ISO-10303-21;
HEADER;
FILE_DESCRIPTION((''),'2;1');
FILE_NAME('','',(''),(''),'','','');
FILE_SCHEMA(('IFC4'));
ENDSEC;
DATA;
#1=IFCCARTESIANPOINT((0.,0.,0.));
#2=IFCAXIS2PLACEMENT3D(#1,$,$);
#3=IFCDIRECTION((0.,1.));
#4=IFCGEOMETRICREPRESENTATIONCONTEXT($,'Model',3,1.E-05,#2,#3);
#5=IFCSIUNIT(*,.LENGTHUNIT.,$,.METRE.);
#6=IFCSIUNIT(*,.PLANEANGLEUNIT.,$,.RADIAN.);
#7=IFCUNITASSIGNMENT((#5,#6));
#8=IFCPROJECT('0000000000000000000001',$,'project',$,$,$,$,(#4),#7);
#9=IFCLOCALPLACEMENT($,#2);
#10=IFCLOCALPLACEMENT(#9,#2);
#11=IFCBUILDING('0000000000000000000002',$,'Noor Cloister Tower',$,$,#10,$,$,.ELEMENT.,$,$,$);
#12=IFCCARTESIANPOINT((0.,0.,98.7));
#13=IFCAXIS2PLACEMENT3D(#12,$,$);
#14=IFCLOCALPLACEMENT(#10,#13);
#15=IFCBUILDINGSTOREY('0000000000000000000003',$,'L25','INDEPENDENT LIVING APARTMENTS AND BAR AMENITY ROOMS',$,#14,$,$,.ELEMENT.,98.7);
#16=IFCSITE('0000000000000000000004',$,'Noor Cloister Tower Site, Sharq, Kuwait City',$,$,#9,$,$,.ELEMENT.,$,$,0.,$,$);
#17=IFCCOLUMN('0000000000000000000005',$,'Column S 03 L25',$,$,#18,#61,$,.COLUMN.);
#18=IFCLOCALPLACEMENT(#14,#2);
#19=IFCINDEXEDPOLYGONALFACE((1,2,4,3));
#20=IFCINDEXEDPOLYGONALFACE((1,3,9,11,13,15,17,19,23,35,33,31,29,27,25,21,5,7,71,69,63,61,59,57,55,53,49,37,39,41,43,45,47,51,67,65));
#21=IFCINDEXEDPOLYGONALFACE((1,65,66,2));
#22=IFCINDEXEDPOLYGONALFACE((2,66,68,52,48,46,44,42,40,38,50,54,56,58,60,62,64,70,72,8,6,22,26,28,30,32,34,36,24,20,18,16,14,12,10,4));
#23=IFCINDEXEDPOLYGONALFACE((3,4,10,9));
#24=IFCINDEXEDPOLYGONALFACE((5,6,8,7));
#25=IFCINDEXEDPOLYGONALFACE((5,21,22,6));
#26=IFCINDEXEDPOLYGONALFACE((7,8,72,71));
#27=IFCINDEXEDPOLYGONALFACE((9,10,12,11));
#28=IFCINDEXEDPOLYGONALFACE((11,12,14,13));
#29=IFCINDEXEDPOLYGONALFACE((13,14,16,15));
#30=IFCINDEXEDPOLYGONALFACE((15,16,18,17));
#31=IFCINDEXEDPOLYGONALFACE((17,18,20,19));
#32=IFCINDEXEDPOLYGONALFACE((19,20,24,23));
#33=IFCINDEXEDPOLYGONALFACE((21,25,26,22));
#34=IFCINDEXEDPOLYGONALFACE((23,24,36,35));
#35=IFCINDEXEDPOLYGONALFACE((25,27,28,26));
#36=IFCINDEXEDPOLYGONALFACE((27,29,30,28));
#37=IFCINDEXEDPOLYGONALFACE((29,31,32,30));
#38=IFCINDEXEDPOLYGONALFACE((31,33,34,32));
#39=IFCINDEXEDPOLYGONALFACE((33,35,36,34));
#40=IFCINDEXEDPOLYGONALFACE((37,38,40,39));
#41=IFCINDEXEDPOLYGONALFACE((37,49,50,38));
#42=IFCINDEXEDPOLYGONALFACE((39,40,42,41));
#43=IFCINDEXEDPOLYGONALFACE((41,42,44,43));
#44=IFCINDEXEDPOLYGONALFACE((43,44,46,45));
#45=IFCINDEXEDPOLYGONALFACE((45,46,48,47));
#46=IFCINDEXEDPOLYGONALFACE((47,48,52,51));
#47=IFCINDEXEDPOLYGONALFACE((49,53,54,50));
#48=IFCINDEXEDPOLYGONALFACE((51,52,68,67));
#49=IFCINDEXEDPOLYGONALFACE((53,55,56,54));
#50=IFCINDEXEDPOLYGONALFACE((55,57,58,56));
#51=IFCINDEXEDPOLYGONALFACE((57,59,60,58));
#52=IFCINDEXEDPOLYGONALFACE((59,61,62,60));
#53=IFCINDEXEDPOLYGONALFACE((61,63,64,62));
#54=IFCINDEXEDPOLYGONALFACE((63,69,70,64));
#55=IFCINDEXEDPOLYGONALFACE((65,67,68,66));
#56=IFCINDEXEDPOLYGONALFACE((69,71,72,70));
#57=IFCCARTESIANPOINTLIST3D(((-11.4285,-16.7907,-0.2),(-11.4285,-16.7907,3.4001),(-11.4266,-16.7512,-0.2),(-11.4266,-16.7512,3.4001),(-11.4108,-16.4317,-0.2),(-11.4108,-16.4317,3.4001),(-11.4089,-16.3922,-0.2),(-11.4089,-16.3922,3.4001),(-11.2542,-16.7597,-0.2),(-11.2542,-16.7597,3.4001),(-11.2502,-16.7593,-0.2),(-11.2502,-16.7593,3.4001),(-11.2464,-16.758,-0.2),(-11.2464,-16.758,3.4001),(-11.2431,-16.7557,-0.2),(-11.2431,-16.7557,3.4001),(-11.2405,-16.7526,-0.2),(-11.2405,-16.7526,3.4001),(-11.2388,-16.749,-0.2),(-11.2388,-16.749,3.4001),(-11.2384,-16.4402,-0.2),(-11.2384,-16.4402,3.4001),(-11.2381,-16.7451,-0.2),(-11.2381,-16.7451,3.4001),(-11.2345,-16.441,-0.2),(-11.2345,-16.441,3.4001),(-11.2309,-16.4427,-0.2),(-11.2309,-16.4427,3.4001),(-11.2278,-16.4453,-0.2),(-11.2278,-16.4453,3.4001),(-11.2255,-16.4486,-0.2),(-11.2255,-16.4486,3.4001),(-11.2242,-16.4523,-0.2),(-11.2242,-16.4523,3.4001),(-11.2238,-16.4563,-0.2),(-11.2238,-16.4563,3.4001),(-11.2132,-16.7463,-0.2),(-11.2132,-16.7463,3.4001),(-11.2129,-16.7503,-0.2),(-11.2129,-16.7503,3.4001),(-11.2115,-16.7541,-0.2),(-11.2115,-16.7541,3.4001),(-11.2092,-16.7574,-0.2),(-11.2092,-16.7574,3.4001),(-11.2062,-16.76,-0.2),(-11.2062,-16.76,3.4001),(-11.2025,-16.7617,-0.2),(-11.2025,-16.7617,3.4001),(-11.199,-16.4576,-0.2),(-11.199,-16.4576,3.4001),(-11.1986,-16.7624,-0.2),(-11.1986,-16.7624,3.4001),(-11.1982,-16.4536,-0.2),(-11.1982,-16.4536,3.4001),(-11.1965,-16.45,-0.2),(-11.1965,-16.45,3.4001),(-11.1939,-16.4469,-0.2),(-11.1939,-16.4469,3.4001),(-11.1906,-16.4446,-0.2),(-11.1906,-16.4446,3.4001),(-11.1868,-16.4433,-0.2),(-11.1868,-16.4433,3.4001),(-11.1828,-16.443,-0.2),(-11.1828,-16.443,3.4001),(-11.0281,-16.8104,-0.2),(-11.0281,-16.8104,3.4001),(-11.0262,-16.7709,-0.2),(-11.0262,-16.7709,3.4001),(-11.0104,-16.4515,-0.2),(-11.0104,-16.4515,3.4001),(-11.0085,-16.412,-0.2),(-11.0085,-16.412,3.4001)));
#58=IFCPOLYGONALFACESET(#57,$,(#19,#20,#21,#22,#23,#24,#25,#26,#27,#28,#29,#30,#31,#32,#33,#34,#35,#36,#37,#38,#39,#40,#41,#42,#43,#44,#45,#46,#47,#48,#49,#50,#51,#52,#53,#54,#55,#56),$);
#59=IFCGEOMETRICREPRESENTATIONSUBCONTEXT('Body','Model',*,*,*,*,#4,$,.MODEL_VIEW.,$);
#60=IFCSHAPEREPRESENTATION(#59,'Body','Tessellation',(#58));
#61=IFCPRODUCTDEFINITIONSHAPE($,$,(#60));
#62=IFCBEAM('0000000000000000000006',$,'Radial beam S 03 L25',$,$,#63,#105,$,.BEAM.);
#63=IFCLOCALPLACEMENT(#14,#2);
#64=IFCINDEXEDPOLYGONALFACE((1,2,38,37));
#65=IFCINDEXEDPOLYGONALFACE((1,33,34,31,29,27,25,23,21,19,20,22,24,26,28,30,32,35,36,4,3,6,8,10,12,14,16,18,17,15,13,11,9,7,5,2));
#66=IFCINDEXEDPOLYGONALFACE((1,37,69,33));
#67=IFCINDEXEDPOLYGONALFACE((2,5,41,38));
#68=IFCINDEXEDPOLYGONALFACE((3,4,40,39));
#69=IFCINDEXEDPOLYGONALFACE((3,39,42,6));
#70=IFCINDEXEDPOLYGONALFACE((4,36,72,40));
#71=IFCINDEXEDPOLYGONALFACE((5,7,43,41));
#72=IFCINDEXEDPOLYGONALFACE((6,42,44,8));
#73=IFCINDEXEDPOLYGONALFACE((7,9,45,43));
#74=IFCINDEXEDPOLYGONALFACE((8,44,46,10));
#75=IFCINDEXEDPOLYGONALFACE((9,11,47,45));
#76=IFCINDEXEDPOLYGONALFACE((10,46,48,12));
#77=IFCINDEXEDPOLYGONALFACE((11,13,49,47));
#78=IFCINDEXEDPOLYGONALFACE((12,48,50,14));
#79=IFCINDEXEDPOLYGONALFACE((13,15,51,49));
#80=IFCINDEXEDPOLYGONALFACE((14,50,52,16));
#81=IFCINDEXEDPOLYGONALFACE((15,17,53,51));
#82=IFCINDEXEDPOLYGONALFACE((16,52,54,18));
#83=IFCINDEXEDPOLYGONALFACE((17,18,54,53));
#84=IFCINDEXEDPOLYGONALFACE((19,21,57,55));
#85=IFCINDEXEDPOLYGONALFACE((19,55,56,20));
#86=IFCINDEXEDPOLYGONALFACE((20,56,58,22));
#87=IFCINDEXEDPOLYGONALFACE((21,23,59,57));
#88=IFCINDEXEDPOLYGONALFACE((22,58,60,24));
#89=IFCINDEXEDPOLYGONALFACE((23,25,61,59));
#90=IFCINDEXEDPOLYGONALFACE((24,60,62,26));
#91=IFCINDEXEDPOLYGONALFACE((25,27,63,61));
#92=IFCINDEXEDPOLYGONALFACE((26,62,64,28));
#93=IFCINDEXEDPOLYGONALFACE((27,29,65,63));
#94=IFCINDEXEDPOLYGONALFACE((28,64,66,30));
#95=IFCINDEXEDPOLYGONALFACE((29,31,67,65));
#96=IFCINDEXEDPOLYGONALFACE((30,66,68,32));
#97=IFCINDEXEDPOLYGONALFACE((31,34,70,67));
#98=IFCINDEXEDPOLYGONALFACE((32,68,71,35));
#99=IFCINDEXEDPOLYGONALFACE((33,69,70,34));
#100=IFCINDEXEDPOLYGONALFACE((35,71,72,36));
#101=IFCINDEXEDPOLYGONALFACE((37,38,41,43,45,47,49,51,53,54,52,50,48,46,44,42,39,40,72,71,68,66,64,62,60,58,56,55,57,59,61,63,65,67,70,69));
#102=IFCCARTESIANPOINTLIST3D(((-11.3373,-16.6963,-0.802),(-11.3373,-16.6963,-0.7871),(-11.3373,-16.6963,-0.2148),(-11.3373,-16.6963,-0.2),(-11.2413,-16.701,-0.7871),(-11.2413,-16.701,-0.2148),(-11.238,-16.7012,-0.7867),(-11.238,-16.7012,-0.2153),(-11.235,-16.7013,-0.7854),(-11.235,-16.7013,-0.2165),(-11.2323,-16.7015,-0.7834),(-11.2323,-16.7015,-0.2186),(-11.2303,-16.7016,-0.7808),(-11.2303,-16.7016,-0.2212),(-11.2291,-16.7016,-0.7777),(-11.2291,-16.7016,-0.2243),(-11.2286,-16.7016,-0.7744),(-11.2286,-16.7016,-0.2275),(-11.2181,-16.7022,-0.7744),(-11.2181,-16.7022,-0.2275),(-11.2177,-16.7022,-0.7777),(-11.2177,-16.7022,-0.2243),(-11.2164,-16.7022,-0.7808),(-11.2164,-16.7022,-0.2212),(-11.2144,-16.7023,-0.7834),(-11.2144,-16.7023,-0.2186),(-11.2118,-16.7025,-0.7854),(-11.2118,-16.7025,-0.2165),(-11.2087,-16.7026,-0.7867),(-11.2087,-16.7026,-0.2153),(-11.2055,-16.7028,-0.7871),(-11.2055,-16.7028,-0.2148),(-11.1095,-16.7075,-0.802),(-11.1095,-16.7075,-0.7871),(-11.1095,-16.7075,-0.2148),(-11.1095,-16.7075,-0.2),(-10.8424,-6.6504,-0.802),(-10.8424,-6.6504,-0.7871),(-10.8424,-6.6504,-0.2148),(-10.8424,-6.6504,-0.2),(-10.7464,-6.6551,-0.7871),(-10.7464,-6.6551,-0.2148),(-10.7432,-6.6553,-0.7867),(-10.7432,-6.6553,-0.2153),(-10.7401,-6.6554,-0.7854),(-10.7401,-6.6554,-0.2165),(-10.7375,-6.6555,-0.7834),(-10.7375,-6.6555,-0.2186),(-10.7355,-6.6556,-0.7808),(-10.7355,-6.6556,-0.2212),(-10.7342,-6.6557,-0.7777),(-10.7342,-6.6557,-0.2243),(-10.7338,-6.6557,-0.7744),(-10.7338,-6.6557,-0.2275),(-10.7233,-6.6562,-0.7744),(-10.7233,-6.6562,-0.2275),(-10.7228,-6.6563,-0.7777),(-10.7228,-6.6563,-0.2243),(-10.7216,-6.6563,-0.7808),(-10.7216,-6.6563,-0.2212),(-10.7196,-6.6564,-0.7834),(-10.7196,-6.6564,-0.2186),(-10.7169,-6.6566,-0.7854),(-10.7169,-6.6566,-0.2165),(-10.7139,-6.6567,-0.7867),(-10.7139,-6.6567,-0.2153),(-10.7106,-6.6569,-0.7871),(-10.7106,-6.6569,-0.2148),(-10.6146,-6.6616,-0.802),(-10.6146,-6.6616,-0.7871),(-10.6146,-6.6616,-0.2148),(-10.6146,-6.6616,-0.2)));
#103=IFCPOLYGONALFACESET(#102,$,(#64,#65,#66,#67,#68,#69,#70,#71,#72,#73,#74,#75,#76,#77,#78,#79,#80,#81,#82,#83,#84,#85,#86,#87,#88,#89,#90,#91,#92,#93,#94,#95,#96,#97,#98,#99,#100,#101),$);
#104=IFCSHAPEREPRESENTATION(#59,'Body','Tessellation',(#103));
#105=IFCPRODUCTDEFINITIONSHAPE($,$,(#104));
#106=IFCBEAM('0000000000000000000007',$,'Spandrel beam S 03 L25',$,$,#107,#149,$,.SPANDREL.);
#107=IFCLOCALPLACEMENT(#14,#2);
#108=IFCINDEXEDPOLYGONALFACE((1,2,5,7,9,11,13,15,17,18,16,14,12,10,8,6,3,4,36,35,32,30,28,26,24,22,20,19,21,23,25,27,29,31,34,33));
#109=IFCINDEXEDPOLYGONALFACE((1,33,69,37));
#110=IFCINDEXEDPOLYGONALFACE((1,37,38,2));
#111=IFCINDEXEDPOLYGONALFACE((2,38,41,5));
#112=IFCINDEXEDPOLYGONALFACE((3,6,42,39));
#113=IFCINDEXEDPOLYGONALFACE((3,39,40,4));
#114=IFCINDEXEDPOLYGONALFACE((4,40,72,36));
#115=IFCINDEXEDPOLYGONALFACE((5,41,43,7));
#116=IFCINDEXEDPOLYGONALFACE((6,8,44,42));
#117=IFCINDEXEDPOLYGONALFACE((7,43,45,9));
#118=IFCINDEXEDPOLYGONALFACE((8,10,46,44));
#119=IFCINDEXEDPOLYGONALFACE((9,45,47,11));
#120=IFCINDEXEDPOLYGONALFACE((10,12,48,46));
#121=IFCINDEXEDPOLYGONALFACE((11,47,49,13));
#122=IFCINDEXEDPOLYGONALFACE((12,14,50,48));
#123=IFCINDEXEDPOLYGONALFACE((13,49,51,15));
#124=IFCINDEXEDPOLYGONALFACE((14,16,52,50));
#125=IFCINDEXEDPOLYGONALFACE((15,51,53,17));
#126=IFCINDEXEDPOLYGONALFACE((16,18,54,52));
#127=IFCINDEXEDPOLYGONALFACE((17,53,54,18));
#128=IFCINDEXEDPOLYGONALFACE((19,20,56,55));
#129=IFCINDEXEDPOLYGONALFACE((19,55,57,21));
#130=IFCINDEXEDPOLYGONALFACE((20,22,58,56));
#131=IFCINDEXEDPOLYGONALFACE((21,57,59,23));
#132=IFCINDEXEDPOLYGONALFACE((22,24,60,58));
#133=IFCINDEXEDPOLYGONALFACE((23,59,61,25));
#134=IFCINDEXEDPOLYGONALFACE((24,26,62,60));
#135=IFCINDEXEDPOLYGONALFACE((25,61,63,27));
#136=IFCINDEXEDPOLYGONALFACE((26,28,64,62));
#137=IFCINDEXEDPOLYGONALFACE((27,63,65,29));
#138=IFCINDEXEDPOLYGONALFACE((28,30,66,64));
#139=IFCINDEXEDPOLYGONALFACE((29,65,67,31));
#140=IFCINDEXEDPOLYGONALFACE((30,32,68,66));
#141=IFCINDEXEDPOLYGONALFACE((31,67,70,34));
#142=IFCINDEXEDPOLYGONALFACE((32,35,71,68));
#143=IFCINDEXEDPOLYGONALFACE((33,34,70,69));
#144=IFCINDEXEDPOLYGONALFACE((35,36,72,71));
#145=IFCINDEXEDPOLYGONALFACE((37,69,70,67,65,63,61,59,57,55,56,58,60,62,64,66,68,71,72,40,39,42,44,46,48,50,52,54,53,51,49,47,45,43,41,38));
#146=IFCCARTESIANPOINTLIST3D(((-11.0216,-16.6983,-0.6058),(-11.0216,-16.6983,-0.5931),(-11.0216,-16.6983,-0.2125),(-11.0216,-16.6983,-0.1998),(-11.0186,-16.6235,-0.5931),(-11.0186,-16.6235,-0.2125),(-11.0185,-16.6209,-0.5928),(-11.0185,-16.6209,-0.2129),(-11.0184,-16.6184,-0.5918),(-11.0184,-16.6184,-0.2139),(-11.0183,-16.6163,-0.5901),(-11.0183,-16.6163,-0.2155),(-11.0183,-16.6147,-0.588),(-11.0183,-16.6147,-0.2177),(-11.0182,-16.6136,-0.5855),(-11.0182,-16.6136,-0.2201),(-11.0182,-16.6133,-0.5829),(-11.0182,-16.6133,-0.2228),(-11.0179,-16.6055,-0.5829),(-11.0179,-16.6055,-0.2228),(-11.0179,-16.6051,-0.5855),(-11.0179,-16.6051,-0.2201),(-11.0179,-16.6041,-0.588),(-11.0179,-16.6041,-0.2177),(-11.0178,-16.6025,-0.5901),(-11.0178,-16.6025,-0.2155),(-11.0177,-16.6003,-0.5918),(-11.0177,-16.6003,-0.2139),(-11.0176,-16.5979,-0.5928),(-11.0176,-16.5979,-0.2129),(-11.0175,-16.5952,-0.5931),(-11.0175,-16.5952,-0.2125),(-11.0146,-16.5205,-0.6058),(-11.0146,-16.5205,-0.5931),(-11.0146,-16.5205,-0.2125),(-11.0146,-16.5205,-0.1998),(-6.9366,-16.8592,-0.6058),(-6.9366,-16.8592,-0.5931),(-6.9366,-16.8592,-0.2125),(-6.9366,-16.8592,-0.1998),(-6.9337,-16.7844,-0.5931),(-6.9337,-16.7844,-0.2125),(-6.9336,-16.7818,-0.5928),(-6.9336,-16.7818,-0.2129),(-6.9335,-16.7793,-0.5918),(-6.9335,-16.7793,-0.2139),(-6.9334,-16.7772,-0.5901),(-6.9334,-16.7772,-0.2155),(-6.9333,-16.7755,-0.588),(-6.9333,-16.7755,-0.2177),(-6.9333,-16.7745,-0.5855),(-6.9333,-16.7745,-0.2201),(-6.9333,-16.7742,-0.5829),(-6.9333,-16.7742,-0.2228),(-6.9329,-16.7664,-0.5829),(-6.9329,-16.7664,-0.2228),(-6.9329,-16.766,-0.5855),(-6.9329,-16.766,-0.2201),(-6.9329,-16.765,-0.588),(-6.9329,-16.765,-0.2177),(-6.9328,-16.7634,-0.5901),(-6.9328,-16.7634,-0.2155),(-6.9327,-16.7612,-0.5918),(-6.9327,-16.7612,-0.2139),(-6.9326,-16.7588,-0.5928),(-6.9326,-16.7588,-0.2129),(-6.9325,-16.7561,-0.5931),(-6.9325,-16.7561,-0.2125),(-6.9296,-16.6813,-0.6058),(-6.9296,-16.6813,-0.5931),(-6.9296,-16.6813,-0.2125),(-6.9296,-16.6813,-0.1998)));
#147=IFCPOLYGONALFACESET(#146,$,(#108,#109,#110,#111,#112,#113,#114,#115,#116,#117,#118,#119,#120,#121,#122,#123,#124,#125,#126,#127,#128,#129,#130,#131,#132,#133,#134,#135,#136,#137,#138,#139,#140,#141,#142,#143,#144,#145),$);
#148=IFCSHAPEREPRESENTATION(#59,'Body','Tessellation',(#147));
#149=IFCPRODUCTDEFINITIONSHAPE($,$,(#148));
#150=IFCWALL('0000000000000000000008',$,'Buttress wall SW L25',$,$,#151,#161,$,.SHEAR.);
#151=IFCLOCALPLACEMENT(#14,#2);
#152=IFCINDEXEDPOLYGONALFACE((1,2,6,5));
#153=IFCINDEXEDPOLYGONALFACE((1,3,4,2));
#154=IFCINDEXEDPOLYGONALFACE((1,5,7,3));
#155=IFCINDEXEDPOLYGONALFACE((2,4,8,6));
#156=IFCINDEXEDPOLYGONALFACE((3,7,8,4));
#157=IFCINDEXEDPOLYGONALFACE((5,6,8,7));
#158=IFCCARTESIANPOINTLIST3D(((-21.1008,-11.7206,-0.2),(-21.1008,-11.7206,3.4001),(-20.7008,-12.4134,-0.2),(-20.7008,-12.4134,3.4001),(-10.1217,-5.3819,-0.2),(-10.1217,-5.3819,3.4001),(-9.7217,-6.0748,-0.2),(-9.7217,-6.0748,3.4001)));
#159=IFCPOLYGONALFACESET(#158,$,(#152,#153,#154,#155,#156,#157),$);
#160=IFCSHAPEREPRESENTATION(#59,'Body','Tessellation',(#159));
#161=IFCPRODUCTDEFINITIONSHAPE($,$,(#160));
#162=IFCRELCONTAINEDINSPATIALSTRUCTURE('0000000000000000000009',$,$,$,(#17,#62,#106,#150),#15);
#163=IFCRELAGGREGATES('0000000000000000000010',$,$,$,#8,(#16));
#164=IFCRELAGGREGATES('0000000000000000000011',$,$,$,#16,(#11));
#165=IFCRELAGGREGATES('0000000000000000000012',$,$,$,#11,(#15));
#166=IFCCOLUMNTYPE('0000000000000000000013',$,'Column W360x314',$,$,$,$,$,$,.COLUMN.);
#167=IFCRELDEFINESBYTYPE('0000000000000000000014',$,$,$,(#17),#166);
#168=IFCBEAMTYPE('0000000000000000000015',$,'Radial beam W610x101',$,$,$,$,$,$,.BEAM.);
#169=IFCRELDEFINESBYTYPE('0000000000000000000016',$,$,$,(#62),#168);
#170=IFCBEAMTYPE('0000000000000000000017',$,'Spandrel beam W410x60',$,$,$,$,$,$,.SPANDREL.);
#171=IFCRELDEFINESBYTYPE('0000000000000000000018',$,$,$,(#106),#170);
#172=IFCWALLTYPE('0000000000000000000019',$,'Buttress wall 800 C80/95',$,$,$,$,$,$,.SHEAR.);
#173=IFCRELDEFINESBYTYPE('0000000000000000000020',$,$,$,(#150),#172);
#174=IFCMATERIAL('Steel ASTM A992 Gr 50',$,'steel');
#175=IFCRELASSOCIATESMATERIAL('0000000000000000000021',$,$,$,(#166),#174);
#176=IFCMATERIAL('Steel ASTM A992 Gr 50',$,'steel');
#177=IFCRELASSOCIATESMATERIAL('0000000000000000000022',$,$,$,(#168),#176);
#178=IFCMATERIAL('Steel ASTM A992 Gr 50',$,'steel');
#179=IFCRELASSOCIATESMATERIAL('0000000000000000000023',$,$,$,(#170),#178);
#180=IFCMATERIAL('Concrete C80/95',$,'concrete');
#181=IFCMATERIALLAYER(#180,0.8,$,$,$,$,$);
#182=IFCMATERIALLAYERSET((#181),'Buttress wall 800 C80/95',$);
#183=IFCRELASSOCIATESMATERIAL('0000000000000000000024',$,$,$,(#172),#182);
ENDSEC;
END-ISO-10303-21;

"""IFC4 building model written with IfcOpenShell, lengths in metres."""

from ifc_helpers import new_model, si_unit, direction, frame, frame_2d, origin, origin_2d, place, context, subcontext, project, spatial, rectangle, i_section, extrude, material, layer, layer_set, material_profile, profile_set, type_object, element, save


model = new_model("IFC4")

# Units and contexts
model_context = context("Model", 3, precision=1e-05, world=origin(), true_north=direction((0.0, 1.0)))
body_context = subcontext(model_context, "Body", "Model", "MODEL_VIEW")
ifc_project = project(units=[si_unit("LENGTHUNIT", "METRE"), si_unit("PLANEANGLEUNIT", "RADIAN")], contexts=[model_context])

# Site, building, storey
site_placement = place(None, origin())
site = spatial("IfcSite", under=ifc_project, at=site_placement, Name="Noor Cloister Tower Site, Sharq, Kuwait City", CompositionType="ELEMENT", RefElevation=0.0)
building_placement = place(site_placement, origin())
building = spatial("IfcBuilding", under=site, at=building_placement, Name="Noor Cloister Tower", CompositionType="ELEMENT")
storey_placement = place(building_placement, frame((0.0, 0.0, 98.7)))
storey = spatial("IfcBuildingStorey", under=building, at=storey_placement, Name="L25", Description="INDEPENDENT LIVING APARTMENTS AND BAR AMENITY ROOMS", CompositionType="ELEMENT", Elevation=98.7)

# Column
ifc_material_1 = material(Name="Steel ASTM A992 Gr 50", Category="steel")
ifc_material_profile_1 = material_profile(ifc_material_1, i_section(OverallWidth=0.4009, OverallDepth=0.3989, WebThickness=0.0249, FlangeThickness=0.0396, FilletRadius=0.0154, at=origin_2d()), Name="W360x314")
ifc_profile_set_1 = profile_set([ifc_material_profile_1], Name="Steel ASTM A992 Gr 50")
column_type = type_object("IfcColumnType", Name="Column W360x314", PredefinedType="COLUMN", material=ifc_profile_set_1)
column_placement = place(storey_placement, frame((-11.2185, -16.6013, -0.2), z_axis=(0.0, 0.0, 1.0), x_axis=(0.99879, -0.049188, 0.0)))
element("IfcColumn", 1, at=column_placement, inside=storey, type_object=column_type, Name="Column S 03 L25", PredefinedType="COLUMN", context=body_context, shape_type="SweptSolid", body=[
    extrude(i_section(OverallWidth=0.4009, OverallDepth=0.3989, WebThickness=0.0249, FlangeThickness=0.0396, FilletRadius=0.0154, at=origin_2d()), origin(), (0.0, 0.0, 1.0), 3.6001),
])

# Beams
ifc_material_2 = material(Name="Steel ASTM A992 Gr 50", Category="steel")
ifc_material_profile_2 = material_profile(ifc_material_2, i_section(OverallWidth=0.228, OverallDepth=0.6021, WebThickness=0.0105, FlangeThickness=0.0149, FilletRadius=0.0127, at=origin_2d()), Name="W610x101")
ifc_profile_set_2 = profile_set([ifc_material_profile_2], Name="Steel ASTM A992 Gr 50")
beam_type_1 = type_object("IfcBeamType", Name="Radial beam W610x101", PredefinedType="BEAM", material=ifc_profile_set_2)
beam_1_placement = place(storey_placement, frame((-11.2234, -16.7019, -0.501), z_axis=(0.049202, 0.998789, 0.0), x_axis=(-0.998789, 0.049202, 0.0)))
element("IfcBeam", 2, at=beam_1_placement, inside=storey, type_object=beam_type_1, Name="Radial beam S 03 L25", PredefinedType="BEAM", context=body_context, shape_type="SweptSolid", body=[
    extrude(i_section(OverallWidth=0.228, OverallDepth=0.6021, WebThickness=0.0105, FlangeThickness=0.0149, FilletRadius=0.0127, at=origin_2d()), origin(), (0.0, 0.0, 1.0), 10.0581),
])
ifc_material_3 = material(Name="Steel ASTM A992 Gr 50", Category="steel")
ifc_material_profile_3 = material_profile(ifc_material_3, i_section(OverallWidth=0.178, OverallDepth=0.406, WebThickness=0.0078, FlangeThickness=0.0127, FilletRadius=0.0103, at=origin_2d()), Name="W410x60")
ifc_profile_set_3 = profile_set([ifc_material_profile_3], Name="Steel ASTM A992 Gr 50")
beam_type_2 = type_object("IfcBeamType", Name="Spandrel beam W410x60", PredefinedType="SPANDREL", material=ifc_profile_set_3)
beam_2_placement = place(storey_placement, frame((-11.0181, -16.6094, -0.4028), z_axis=(0.999225, -0.039355, 0.0), x_axis=(0.039355, 0.999225, 0.0)))
element("IfcBeam", 3, at=beam_2_placement, inside=storey, type_object=beam_type_2, Name="Spandrel beam S 03 L25", PredefinedType="SPANDREL", context=body_context, shape_type="SweptSolid", body=[
    extrude(i_section(OverallWidth=0.178, OverallDepth=0.406, WebThickness=0.0078, FlangeThickness=0.0127, FilletRadius=0.0103, at=origin_2d()), origin(), (0.0, 0.0, 1.0), 4.0881),
])

# Wall
ifc_material_4 = material(Name="Concrete C80/95", Category="concrete")
ifc_layer_1 = layer(ifc_material_4, 0.8)
ifc_layer_set_1 = layer_set([ifc_layer_1], Name="Buttress wall 800 C80/95")
wall_type_1 = type_object("IfcWallType", Name="Buttress wall 800 C80/95", PredefinedType="SHEAR", material=ifc_layer_set_1)
wall_1_placement = place(storey_placement, frame((-9.9216, -5.7283, -0.2), z_axis=(0.0, 0.0, 1.0), x_axis=(-0.866029, -0.499994, 0.0)))
element("IfcWall", 4, at=wall_1_placement, inside=storey, type_object=wall_type_1, Name="Buttress wall SW L25", PredefinedType="SHEAR", context=body_context, shape_type="SweptSolid", body=[
    extrude(rectangle(XDim=12.6775, YDim=0.8, at=frame_2d((6.3389, 0.0))), origin(), (0.0, 0.0, 1.0), 3.6001),
])

save(model, "model.ifc")
